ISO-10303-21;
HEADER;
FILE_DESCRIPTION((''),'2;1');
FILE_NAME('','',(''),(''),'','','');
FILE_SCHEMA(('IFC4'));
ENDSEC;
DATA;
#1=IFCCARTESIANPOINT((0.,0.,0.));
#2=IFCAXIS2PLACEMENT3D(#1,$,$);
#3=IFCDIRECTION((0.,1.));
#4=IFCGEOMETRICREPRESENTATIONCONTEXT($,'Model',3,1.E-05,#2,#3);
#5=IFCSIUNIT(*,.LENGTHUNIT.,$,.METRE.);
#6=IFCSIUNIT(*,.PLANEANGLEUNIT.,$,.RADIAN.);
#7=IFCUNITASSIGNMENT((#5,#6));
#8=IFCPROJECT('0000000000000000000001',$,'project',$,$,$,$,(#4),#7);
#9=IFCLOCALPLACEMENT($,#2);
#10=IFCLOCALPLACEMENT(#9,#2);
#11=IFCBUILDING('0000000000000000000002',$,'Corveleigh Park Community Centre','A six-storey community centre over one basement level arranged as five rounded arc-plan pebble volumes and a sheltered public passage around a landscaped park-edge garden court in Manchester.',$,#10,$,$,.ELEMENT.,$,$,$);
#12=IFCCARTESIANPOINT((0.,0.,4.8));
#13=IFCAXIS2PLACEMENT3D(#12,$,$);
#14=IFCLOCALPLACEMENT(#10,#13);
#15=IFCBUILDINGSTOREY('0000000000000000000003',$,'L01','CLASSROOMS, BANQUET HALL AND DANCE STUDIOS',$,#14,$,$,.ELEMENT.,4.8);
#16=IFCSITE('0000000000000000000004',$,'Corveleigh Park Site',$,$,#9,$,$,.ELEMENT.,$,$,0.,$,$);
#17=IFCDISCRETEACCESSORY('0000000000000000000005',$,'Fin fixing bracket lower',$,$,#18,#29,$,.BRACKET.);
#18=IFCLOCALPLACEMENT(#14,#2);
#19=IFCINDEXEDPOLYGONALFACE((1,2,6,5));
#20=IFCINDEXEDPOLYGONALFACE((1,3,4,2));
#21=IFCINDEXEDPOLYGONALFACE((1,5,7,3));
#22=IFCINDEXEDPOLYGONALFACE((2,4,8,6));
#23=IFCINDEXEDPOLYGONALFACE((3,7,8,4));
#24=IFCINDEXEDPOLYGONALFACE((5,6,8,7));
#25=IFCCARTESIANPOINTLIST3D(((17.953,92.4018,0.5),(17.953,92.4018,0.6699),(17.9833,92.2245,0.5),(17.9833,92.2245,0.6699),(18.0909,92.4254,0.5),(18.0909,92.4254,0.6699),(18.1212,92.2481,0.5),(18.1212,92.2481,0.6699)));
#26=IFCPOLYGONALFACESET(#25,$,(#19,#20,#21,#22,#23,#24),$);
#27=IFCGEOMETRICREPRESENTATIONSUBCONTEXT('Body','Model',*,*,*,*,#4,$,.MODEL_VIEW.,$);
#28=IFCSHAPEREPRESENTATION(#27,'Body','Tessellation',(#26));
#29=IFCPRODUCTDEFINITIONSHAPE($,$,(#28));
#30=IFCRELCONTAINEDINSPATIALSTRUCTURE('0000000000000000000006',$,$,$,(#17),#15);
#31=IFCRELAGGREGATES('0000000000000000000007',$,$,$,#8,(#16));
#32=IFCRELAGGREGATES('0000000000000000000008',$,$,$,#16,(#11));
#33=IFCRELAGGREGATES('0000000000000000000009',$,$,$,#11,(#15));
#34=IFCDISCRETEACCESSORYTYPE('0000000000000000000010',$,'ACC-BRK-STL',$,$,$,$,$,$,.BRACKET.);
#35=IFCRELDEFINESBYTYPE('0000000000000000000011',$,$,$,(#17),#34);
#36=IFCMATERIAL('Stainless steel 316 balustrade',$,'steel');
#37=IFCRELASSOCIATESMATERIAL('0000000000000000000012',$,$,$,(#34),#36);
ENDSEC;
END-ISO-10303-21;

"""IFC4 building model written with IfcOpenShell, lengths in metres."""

from ifc_helpers import new_model, si_unit, direction, frame, origin, origin_2d, place, context, subcontext, project, spatial, rectangle, extrude, material, type_object, element, save


model = new_model("IFC4")

# Units and contexts
model_context = context("Model", 3, precision=1e-05, world=origin(), true_north=direction((0.0, 1.0)))
body_context = subcontext(model_context, "Body", "Model", "MODEL_VIEW")
ifc_project = project(units=[si_unit("LENGTHUNIT", "METRE"), si_unit("PLANEANGLEUNIT", "RADIAN")], contexts=[model_context])

# Site, building, storey
site_placement = place(None, origin())
site = spatial("IfcSite", under=ifc_project, at=site_placement, Name="Corveleigh Park Site", CompositionType="ELEMENT", RefElevation=0.0)
building_placement = place(site_placement, origin())
building = spatial("IfcBuilding", under=site, at=building_placement, Name="Corveleigh Park Community Centre", Description="A six-storey community centre over one basement level arranged as five rounded arc-plan pebble volumes and a sheltered public passage around a landscaped park-edge garden court in Manchester.", CompositionType="ELEMENT")
storey_placement = place(building_placement, frame((0.0, 0.0, 4.8)))
storey = spatial("IfcBuildingStorey", under=building, at=storey_placement, Name="L01", Description="CLASSROOMS, BANQUET HALL AND DANCE STUDIOS", CompositionType="ELEMENT", Elevation=4.8)

# Discrete accessory
ifc_material_1 = material(Name="Stainless steel 316 balustrade", Category="steel")
discrete_accessory_type = type_object("IfcDiscreteAccessoryType", Name="ACC-BRK-STL", PredefinedType="BRACKET", material=ifc_material_1)
discrete_accessory_placement = place(storey_placement, frame((18.0371, 92.325, 0.5), z_axis=(0.0, 0.0, 1.0), x_axis=(-0.16846, 0.985708, 0.0)))
element("IfcDiscreteAccessory", 1, at=discrete_accessory_placement, inside=storey, type_object=discrete_accessory_type, Name="Fin fixing bracket lower", PredefinedType="BRACKET", context=body_context, shape_type="SweptSolid", body=[
    extrude(rectangle(XDim=0.1799, YDim=0.1399, at=origin_2d()), origin(), (0.0, 0.0, 1.0), 0.1699),
])

save(model, "model.ifc")
